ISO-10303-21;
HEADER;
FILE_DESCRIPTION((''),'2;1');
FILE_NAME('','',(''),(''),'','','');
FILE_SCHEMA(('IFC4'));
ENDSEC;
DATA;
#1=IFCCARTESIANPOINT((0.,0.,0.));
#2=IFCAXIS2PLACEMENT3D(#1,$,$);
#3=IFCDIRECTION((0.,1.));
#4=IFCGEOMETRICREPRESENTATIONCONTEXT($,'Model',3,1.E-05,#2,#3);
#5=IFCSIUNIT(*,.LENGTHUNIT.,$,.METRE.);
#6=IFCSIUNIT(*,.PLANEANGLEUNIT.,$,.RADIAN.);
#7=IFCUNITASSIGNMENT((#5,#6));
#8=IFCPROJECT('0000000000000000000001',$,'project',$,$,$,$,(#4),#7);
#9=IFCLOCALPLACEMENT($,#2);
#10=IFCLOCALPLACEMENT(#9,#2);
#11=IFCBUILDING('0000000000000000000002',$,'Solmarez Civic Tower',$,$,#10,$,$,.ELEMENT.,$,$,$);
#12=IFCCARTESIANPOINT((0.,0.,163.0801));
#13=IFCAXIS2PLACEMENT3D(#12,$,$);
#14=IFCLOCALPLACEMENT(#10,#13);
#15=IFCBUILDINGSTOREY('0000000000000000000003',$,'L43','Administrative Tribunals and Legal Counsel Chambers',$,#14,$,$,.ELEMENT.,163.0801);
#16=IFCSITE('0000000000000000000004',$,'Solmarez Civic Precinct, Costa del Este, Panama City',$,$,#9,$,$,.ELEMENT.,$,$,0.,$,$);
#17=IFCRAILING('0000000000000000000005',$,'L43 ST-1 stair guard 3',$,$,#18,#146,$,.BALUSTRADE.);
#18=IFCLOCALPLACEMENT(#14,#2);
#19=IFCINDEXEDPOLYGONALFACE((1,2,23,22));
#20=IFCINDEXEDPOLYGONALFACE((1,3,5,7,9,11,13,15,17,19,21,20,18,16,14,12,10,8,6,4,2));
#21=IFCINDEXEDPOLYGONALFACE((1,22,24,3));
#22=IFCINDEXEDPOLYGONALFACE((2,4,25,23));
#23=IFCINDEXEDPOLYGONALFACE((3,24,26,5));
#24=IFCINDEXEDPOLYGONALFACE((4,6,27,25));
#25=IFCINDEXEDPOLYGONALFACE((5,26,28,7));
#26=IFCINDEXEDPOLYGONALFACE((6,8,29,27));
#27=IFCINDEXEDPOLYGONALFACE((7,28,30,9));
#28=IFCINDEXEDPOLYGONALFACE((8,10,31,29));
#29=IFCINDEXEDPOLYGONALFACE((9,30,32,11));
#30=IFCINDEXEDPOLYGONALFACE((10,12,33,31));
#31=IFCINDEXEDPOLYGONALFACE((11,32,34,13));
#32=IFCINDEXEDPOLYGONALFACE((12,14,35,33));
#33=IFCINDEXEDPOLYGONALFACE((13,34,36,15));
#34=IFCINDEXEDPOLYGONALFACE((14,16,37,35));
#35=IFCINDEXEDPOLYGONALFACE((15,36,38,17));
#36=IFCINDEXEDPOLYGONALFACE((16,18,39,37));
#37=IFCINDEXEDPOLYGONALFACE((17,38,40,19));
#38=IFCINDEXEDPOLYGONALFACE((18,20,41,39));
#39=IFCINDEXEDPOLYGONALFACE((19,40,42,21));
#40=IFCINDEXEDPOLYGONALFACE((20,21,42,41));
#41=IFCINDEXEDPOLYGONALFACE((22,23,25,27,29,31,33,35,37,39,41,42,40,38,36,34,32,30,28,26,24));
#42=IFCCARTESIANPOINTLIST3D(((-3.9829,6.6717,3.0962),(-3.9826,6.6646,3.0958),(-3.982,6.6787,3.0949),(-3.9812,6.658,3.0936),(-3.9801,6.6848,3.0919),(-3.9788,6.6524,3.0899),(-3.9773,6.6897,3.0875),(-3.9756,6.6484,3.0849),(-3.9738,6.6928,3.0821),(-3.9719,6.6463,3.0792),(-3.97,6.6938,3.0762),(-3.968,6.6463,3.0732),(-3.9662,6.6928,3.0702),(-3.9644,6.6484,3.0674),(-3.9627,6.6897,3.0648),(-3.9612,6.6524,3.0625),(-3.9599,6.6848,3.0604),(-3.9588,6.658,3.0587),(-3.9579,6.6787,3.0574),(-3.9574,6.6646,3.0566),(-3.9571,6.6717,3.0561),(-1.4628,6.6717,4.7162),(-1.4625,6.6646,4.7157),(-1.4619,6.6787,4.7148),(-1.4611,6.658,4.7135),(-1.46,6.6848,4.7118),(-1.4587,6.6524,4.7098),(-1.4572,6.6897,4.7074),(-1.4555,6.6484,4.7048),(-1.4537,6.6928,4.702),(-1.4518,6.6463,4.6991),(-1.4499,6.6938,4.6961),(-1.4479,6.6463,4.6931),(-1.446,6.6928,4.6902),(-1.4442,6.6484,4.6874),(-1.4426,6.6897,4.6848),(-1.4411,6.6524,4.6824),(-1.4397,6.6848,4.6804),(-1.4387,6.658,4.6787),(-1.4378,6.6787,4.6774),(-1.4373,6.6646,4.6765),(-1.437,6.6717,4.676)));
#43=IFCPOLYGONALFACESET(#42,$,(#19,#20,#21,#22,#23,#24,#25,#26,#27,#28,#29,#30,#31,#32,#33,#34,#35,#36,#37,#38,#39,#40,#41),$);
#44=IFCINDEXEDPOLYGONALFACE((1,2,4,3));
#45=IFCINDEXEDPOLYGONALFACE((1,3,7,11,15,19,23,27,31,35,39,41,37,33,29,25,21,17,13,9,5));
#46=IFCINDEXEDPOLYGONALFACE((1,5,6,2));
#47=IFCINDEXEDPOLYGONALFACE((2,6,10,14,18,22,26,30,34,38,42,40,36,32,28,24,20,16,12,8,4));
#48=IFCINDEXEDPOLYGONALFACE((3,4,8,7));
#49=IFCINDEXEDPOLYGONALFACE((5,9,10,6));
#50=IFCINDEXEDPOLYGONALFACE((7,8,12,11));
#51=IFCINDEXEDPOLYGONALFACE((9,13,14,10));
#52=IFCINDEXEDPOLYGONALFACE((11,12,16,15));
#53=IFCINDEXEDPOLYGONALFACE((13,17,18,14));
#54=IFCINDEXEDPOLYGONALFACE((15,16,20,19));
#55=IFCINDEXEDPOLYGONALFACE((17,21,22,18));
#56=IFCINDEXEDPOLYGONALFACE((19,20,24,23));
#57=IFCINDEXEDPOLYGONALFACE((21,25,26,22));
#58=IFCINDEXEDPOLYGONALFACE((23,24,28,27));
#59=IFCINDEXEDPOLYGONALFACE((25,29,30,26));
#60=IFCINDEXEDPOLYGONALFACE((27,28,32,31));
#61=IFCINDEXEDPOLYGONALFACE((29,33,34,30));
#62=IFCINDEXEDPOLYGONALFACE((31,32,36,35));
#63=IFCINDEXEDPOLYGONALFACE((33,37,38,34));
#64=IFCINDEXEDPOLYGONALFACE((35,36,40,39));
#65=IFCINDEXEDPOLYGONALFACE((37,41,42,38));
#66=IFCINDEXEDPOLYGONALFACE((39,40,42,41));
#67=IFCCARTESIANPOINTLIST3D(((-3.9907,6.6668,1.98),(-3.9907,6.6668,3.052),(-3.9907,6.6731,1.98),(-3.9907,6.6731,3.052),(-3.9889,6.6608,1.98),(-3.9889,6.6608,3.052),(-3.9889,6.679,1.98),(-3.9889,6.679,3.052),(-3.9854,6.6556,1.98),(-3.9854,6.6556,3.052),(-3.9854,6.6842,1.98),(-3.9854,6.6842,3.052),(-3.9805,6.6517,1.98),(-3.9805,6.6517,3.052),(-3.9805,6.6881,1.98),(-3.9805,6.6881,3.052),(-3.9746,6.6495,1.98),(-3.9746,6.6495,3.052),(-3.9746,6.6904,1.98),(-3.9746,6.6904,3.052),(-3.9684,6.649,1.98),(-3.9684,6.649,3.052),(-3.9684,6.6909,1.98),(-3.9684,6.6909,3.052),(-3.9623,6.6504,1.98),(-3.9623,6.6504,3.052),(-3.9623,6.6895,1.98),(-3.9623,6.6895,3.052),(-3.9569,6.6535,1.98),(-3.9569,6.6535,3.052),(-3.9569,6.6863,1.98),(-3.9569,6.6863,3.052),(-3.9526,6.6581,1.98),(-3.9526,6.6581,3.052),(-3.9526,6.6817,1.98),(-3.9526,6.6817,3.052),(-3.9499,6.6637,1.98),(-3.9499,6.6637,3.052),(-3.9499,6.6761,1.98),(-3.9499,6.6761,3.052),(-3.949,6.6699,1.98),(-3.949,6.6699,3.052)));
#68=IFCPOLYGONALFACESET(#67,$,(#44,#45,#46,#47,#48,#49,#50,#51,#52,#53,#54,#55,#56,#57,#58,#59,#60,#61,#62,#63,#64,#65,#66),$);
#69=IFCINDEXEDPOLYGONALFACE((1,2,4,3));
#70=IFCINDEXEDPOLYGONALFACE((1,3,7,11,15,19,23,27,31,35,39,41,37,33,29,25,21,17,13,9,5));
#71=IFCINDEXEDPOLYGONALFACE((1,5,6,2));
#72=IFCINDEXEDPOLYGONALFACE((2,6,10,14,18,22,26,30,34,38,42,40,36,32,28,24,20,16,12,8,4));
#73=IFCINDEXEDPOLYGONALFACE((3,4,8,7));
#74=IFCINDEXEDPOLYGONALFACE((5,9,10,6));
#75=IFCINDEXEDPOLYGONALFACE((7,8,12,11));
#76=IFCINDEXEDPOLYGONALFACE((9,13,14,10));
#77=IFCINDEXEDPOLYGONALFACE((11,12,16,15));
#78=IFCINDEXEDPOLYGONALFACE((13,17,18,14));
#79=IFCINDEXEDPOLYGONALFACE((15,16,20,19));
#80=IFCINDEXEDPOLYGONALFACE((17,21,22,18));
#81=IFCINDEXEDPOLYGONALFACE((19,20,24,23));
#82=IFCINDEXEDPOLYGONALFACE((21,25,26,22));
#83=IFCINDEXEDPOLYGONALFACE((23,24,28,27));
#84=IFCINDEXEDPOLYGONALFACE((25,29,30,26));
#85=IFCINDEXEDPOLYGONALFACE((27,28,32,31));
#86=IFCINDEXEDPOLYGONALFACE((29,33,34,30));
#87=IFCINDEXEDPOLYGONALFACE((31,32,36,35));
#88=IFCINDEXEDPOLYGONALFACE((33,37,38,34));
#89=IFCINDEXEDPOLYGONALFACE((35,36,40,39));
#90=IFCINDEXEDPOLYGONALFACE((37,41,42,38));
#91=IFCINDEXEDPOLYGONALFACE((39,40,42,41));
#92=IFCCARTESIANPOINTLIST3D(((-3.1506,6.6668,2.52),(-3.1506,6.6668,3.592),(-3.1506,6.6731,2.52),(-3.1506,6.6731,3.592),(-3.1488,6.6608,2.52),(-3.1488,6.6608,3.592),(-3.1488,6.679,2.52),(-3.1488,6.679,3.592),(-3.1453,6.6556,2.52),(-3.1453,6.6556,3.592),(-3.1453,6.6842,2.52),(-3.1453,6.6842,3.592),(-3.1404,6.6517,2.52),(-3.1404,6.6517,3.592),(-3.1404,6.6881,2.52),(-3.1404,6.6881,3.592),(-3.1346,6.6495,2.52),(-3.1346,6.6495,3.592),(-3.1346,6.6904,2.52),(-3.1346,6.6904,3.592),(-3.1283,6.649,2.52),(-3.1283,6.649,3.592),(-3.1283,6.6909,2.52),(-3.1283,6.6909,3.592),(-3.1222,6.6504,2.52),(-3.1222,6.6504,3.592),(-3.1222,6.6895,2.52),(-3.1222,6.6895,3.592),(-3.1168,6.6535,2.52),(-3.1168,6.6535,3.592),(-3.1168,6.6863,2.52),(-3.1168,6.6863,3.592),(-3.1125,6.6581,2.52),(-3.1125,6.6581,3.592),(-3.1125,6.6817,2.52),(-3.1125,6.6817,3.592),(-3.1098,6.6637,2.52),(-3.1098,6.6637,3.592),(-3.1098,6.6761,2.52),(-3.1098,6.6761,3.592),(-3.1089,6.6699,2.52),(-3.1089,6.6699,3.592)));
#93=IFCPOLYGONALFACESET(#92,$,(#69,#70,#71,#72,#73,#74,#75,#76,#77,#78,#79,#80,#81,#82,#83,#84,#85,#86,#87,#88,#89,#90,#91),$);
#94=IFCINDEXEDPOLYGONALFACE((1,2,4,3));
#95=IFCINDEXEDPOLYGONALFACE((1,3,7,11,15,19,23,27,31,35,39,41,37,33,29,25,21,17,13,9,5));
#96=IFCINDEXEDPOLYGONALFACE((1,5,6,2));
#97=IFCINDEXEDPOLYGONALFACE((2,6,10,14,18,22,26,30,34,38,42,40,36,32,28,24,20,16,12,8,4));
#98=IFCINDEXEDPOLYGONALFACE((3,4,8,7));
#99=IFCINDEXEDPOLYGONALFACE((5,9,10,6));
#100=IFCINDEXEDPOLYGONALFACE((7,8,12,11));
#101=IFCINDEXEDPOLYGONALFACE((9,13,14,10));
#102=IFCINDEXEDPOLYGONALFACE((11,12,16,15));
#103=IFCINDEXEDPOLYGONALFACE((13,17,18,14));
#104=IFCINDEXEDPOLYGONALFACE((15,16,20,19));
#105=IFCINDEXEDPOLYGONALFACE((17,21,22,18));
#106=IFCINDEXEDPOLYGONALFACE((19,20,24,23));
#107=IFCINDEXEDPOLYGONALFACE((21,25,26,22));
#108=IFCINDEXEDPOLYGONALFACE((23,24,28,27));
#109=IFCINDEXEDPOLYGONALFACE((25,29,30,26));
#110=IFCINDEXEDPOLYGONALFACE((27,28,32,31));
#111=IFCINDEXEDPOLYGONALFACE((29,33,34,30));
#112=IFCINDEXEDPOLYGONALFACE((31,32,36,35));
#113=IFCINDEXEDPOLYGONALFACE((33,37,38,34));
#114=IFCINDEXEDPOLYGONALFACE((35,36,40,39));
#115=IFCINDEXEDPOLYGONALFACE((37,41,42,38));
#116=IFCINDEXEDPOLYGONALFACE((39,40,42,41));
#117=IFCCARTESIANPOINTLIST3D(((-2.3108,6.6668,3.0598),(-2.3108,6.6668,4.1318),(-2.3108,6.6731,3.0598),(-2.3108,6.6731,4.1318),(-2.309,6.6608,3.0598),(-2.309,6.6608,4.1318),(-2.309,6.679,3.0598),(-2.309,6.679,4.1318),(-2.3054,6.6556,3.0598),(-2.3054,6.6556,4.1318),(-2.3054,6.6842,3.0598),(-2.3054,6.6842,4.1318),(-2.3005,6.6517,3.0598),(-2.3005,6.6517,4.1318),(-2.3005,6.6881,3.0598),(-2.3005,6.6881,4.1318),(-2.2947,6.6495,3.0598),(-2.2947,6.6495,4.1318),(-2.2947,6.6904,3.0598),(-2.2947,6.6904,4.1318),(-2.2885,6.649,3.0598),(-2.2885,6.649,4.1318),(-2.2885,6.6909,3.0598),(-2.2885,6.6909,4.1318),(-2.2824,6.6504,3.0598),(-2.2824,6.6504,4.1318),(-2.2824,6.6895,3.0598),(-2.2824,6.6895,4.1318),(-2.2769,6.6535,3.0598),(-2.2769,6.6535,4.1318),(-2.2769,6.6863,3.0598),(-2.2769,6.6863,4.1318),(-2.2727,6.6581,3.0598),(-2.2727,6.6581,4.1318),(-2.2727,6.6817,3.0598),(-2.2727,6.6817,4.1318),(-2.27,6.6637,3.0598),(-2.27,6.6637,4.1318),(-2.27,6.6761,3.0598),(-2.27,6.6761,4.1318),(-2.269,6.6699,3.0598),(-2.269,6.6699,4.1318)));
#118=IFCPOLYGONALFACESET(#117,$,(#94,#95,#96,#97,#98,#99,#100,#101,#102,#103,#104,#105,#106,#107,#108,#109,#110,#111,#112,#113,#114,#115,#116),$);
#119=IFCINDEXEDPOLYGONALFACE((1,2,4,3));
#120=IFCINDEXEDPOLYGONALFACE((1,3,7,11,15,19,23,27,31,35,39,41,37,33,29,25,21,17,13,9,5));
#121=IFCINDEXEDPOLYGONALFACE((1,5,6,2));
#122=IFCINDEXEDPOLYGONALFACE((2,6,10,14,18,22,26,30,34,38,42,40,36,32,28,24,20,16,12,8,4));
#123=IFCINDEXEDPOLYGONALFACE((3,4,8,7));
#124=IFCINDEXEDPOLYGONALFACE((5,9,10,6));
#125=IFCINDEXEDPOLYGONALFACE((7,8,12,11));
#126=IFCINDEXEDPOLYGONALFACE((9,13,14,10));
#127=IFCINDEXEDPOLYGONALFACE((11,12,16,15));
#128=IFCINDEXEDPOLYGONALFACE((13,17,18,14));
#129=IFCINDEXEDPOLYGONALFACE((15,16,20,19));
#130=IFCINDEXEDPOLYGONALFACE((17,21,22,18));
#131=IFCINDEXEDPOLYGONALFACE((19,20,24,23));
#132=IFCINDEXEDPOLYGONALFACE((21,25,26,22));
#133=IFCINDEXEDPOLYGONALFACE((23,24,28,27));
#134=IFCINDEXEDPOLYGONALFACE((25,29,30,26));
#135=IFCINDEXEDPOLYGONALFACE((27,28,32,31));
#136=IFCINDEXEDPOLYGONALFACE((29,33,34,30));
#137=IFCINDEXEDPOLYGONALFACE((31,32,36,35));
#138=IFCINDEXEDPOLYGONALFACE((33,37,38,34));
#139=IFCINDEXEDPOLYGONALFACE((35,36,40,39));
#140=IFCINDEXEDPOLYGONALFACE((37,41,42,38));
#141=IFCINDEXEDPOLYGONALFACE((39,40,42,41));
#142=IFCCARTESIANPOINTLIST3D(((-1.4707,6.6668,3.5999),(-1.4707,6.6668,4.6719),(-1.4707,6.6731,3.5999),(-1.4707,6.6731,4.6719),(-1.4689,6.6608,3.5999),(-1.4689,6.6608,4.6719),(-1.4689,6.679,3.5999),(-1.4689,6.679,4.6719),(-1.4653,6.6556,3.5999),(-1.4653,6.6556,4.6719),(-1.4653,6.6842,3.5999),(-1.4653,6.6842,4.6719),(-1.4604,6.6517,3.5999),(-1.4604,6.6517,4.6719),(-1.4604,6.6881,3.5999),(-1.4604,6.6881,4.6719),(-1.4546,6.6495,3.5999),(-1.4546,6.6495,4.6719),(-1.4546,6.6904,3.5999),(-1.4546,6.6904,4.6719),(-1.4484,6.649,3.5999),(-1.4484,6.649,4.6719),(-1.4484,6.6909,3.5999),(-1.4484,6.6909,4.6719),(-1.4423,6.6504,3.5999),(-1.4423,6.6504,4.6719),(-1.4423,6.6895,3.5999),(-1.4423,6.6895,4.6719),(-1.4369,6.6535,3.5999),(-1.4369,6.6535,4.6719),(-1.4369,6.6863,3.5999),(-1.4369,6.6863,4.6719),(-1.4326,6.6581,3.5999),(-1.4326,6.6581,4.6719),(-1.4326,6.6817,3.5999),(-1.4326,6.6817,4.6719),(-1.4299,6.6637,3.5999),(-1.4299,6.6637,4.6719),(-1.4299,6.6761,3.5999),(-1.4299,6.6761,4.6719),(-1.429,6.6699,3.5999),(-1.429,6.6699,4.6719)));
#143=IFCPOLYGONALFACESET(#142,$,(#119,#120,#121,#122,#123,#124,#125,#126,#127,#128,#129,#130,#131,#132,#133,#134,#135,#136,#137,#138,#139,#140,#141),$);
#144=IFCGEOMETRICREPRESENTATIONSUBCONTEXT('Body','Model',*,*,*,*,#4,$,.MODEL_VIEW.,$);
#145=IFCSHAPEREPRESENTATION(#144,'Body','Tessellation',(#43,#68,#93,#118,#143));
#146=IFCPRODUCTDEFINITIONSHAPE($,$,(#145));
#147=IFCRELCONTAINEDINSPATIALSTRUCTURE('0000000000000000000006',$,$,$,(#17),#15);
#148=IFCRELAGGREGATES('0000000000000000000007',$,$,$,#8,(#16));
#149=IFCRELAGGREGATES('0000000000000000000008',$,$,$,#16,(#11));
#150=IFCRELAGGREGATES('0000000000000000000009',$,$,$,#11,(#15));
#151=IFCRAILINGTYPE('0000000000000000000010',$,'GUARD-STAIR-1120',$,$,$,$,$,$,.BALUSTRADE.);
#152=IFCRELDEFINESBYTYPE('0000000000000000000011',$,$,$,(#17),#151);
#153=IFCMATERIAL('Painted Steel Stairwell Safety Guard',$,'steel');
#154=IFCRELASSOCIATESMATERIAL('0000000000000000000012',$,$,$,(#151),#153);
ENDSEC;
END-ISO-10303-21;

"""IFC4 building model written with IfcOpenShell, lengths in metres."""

from ifc_helpers import new_model, si_unit, direction, frame, origin, origin_2d, place, context, subcontext, project, spatial, circle, extrude, material, type_object, element, save


model = new_model("IFC4")

# Units and contexts
model_context = context("Model", 3, precision=1e-05, world=origin(), true_north=direction((0.0, 1.0)))
body_context = subcontext(model_context, "Body", "Model", "MODEL_VIEW")
ifc_project = project(units=[si_unit("LENGTHUNIT", "METRE"), si_unit("PLANEANGLEUNIT", "RADIAN")], contexts=[model_context])

# Site, building, storey
site_placement = place(None, origin())
site = spatial("IfcSite", under=ifc_project, at=site_placement, Name="Solmarez Civic Precinct, Costa del Este, Panama City", CompositionType="ELEMENT", RefElevation=0.0)
building_placement = place(site_placement, origin())
building = spatial("IfcBuilding", under=site, at=building_placement, Name="Solmarez Civic Tower", CompositionType="ELEMENT")
storey_placement = place(building_placement, frame((0.0, 0.0, 163.0801)))
storey = spatial("IfcBuildingStorey", under=building, at=storey_placement, Name="L43", Description="Administrative Tribunals and Legal Counsel Chambers", CompositionType="ELEMENT", Elevation=163.0801)

# Railing
ifc_material_1 = material(Name="Painted Steel Stairwell Safety Guard", Category="steel")
railing_type_1 = type_object("IfcRailingType", Name="GUARD-STAIR-1120", PredefinedType="BALUSTRADE", material=ifc_material_1)
railing_1_placement = place(storey_placement, frame((-3.97, 6.6699, 1.98)))
element("IfcRailing", 1, at=railing_1_placement, inside=storey, type_object=railing_type_1, Name="L43 ST-1 stair guard 3", PredefinedType="BALUSTRADE", context=body_context, shape_type="SweptSolid", body=[
    extrude(circle(Radius=0.0239, at=origin_2d()), frame((0.0, 0.0, 1.0962), z_axis=(0.8412, 0.0, 0.540725), x_axis=(0.0, 1.0, 0.0)), (0.0, 0.0, 1.0), 2.9958),
    extrude(circle(Radius=0.021, at=origin_2d()), origin(), (0.0, 0.0, 1.0), 1.072),
    extrude(circle(Radius=0.021, at=origin_2d()), frame((0.8401, 0.0, 0.54)), (0.0, 0.0, 1.0), 1.072),
    extrude(circle(Radius=0.021, at=origin_2d()), frame((1.6799, 0.0, 1.0798)), (0.0, 0.0, 1.0), 1.072),
    extrude(circle(Radius=0.021, at=origin_2d()), frame((2.52, 0.0, 1.6199)), (0.0, 0.0, 1.0), 1.072),
])

save(model, "model.ifc")
